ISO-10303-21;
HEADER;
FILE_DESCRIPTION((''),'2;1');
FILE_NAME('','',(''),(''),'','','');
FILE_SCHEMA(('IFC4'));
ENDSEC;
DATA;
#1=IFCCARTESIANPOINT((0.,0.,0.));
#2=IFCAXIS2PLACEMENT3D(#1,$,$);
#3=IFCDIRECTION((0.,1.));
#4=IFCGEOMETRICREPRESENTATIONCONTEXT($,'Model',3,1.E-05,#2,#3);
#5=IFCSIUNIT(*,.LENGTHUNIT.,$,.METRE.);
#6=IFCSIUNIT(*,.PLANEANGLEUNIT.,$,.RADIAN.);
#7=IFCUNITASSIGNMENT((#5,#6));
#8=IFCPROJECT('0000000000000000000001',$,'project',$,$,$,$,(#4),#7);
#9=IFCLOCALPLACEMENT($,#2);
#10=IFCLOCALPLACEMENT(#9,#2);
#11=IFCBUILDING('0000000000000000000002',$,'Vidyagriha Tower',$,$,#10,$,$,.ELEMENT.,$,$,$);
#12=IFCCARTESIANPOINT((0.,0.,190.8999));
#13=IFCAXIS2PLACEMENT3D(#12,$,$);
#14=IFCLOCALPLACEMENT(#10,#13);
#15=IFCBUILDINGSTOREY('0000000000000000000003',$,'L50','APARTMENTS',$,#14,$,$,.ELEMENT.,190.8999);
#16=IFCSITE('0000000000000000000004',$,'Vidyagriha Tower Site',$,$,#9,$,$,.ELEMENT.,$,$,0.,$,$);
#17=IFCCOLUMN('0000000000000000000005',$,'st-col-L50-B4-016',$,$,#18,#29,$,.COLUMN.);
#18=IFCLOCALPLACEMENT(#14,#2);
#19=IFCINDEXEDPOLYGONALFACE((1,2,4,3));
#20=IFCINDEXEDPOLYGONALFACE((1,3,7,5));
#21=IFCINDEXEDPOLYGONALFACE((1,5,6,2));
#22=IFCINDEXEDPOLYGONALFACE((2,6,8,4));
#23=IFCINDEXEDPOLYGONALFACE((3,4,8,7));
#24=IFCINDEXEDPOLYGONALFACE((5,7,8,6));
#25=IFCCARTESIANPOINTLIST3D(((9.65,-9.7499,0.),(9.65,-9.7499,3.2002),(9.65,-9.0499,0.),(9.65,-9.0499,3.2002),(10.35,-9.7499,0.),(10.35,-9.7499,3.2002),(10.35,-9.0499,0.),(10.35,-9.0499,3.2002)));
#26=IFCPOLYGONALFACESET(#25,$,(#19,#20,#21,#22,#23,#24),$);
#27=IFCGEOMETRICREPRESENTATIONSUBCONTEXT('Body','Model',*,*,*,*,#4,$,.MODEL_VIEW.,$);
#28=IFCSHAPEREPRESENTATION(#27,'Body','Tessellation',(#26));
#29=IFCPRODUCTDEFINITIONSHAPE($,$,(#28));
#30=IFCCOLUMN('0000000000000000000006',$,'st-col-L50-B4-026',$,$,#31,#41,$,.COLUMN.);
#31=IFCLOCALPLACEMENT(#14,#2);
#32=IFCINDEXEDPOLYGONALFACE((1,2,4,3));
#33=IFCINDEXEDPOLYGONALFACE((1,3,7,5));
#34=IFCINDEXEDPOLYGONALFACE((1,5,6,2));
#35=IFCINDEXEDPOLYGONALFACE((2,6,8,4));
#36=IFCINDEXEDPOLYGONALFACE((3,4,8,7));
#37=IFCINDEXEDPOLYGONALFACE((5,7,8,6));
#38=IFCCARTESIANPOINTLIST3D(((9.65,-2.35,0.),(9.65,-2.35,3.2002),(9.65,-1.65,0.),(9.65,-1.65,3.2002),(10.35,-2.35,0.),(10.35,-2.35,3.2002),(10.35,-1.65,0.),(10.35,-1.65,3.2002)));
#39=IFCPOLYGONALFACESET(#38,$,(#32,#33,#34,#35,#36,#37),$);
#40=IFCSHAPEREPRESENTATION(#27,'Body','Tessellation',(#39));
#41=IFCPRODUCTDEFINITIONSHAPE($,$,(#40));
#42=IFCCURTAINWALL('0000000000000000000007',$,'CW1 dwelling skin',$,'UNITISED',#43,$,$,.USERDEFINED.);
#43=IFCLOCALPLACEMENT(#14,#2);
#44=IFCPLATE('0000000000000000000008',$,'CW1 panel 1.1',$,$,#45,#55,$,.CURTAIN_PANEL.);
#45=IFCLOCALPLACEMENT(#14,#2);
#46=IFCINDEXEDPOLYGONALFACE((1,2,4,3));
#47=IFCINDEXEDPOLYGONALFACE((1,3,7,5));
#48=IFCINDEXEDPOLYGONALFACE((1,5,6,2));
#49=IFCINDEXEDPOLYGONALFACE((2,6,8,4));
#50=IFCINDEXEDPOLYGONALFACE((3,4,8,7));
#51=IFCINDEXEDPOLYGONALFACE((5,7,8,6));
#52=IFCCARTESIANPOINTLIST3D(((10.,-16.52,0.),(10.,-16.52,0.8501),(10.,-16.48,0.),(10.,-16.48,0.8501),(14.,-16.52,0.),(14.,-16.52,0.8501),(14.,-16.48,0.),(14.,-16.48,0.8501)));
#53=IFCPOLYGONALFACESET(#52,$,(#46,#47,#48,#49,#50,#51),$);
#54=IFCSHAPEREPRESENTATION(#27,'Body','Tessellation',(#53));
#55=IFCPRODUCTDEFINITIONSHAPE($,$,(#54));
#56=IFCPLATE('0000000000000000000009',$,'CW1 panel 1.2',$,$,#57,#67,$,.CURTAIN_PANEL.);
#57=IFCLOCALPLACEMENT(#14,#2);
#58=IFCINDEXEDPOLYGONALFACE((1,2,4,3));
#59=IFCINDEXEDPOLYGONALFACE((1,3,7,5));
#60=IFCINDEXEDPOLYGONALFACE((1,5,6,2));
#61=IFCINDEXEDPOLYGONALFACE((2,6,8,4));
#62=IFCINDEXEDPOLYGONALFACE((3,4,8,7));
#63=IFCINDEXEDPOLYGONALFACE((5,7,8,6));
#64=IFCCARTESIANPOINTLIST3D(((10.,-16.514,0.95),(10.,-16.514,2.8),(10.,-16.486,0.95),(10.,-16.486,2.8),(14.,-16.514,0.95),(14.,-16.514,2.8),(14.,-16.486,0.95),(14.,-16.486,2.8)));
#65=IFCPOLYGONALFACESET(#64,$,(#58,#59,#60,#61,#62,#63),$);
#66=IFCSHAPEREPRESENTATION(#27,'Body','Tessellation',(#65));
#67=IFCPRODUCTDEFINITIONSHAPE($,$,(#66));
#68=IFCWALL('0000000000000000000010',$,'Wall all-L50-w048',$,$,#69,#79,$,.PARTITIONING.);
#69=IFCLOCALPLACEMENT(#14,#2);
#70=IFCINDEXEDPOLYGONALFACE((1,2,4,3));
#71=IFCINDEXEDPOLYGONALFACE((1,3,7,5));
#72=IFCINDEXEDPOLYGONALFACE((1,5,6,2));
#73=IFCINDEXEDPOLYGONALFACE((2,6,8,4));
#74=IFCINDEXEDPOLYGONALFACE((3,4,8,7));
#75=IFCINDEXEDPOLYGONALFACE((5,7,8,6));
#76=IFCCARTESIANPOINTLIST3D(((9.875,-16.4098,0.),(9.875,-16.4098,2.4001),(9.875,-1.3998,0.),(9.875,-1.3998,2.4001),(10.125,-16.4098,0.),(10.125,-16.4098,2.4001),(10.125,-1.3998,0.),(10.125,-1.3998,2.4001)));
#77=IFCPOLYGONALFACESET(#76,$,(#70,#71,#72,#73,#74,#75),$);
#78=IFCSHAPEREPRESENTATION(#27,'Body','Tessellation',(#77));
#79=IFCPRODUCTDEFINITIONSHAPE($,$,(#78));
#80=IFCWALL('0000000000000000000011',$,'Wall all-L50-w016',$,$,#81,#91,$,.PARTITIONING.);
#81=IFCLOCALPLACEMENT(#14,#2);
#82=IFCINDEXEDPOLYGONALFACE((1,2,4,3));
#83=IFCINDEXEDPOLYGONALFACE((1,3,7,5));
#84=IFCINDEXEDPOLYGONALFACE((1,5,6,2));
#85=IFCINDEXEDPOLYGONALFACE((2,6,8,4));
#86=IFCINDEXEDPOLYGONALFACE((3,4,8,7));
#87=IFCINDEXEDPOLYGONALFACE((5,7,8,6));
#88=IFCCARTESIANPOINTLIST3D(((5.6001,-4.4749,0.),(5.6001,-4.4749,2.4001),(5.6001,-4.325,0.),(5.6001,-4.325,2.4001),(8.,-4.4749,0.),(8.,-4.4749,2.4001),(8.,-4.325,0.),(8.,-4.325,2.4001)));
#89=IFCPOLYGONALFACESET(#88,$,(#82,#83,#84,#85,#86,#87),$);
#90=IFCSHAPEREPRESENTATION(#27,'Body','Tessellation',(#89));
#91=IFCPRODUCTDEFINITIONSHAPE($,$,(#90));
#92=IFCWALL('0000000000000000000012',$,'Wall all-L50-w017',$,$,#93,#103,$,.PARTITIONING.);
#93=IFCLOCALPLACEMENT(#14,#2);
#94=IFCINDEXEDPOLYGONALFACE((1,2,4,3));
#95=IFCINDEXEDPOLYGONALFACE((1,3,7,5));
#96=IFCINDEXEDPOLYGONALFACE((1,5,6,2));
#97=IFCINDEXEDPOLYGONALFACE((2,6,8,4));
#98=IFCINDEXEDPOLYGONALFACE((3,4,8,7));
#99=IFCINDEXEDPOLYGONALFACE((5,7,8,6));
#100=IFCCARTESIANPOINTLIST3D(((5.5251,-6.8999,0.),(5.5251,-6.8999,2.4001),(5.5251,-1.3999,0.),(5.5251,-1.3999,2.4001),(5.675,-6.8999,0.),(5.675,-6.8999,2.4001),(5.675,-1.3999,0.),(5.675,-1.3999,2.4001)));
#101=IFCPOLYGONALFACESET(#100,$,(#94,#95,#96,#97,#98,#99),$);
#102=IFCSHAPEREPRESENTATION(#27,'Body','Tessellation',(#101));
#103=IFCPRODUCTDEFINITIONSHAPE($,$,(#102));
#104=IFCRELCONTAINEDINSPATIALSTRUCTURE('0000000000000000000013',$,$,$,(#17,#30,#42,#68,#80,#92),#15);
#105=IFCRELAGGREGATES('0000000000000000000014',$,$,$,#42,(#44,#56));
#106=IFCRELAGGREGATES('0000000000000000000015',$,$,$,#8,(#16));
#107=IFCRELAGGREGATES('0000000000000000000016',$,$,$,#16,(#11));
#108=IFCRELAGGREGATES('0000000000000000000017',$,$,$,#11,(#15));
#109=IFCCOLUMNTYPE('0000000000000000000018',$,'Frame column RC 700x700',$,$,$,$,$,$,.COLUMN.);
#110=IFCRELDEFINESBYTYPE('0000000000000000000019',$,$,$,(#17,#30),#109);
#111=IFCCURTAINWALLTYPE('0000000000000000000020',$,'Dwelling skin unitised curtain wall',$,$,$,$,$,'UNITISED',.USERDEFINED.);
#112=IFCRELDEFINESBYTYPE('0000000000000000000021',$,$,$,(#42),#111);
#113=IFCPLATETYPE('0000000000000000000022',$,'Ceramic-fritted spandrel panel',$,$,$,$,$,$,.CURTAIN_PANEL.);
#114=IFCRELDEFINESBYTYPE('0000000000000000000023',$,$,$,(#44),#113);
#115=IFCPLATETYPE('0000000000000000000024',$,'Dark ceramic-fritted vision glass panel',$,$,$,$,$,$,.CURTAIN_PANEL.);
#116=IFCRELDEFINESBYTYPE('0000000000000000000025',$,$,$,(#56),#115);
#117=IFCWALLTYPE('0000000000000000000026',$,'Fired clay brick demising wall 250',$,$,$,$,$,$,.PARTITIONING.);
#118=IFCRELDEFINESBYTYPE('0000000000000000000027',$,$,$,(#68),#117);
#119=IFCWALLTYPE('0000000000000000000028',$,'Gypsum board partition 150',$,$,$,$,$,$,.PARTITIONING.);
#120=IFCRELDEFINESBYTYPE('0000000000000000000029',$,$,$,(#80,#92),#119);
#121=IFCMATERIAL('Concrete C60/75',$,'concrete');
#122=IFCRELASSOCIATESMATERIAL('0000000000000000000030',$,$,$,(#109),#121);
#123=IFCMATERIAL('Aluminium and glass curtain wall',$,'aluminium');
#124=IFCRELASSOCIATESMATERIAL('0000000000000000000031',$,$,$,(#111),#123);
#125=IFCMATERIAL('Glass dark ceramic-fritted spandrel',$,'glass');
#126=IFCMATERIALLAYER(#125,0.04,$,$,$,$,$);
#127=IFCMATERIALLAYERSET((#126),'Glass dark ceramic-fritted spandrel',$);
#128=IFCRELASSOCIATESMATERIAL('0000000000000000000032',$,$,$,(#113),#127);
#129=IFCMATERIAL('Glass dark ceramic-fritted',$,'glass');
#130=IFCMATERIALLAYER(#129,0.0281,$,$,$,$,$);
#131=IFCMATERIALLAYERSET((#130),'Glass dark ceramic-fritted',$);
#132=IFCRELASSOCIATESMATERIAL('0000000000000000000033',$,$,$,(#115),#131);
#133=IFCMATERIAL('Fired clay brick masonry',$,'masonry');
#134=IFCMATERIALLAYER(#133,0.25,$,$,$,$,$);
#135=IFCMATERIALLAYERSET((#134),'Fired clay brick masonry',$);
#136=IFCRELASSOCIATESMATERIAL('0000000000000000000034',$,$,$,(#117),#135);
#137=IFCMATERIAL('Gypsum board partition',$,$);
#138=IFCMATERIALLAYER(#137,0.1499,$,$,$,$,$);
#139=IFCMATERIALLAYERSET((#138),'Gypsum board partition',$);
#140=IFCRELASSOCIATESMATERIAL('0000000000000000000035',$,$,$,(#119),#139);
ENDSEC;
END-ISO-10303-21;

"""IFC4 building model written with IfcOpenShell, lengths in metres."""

from ifc_helpers import new_model, si_unit, direction, frame, frame_2d, origin, origin_2d, place, context, subcontext, project, spatial, rectangle, extrude, material, layer, layer_set, material_profile, profile_set, type_object, element, aggregate, save


model = new_model("IFC4")

# Units and contexts
model_context = context("Model", 3, precision=1e-05, world=origin(), true_north=direction((0.0, 1.0)))
body_context = subcontext(model_context, "Body", "Model", "MODEL_VIEW")
ifc_project = project(units=[si_unit("LENGTHUNIT", "METRE"), si_unit("PLANEANGLEUNIT", "RADIAN")], contexts=[model_context])

# Site, building, storey
site_placement = place(None, origin())
site = spatial("IfcSite", under=ifc_project, at=site_placement, Name="Vidyagriha Tower Site", CompositionType="ELEMENT", RefElevation=0.0)
building_placement = place(site_placement, origin())
building = spatial("IfcBuilding", under=site, at=building_placement, Name="Vidyagriha Tower", CompositionType="ELEMENT")
storey_placement = place(building_placement, frame((0.0, 0.0, 190.8999)))
storey = spatial("IfcBuildingStorey", under=building, at=storey_placement, Name="L50", Description="APARTMENTS", CompositionType="ELEMENT", Elevation=190.8999)

# Columns
ifc_material_1 = material(Name="Concrete C60/75", Category="concrete")
ifc_material_profile = material_profile(ifc_material_1, rectangle(XDim=0.7, YDim=0.7, at=origin_2d()), Name="RC 700x700")
ifc_profile_set = profile_set([ifc_material_profile], Name="Concrete C60/75")
column_type = type_object("IfcColumnType", Name="Frame column RC 700x700", PredefinedType="COLUMN", material=ifc_profile_set)
for number, where, name in (
    (1, (10.0, -9.3999, 0.0), "st-col-L50-B4-016"),
    (2, (10.0, -2.0, 0.0), "st-col-L50-B4-026"),
):
    element("IfcColumn", number, at=place(storey_placement, frame(where)), inside=storey, type_object=column_type, Name=name, PredefinedType="COLUMN", context=body_context, shape_type="SweptSolid", body=[
        extrude(rectangle(XDim=0.7, YDim=0.7, at=origin_2d()), origin(), (0.0, 0.0, 1.0), 3.2002),
    ])

# Curtain wall, plates
ifc_material_2 = material(Name="Aluminium and glass curtain wall", Category="aluminium")
curtain_wall_type = type_object("IfcCurtainWallType", Name="Dwelling skin unitised curtain wall", ElementType="UNITISED", PredefinedType="USERDEFINED", material=ifc_material_2)
curtain_wall_placement = place(storey_placement, origin())
curtain_wall = element("IfcCurtainWall", 3, at=curtain_wall_placement, inside=storey, type_object=curtain_wall_type, Name="CW1 dwelling skin", ObjectType="UNITISED", PredefinedType="USERDEFINED")
ifc_material_3 = material(Name="Glass dark ceramic-fritted spandrel", Category="glass")
ifc_layer_1 = layer(ifc_material_3, 0.04)
ifc_layer_set_1 = layer_set([ifc_layer_1], Name="Glass dark ceramic-fritted spandrel")
plate_type_1 = type_object("IfcPlateType", Name="Ceramic-fritted spandrel panel", PredefinedType="CURTAIN_PANEL", material=ifc_layer_set_1)
plate_1_placement = place(storey_placement, frame((12.0, -16.5, 0.0)))
plate_1 = element("IfcPlate", 4, at=plate_1_placement, type_object=plate_type_1, Name="CW1 panel 1.1", PredefinedType="CURTAIN_PANEL", context=body_context, shape_type="SweptSolid", body=[
    extrude(rectangle(XDim=4.0, YDim=0.04, at=origin_2d()), origin(), (0.0, 0.0, 1.0), 0.8501),
])
ifc_material_4 = material(Name="Glass dark ceramic-fritted", Category="glass")
ifc_layer_2 = layer(ifc_material_4, 0.0281)
ifc_layer_set_2 = layer_set([ifc_layer_2], Name="Glass dark ceramic-fritted")
plate_type_2 = type_object("IfcPlateType", Name="Dark ceramic-fritted vision glass panel", PredefinedType="CURTAIN_PANEL", material=ifc_layer_set_2)
plate_2_placement = place(storey_placement, frame((12.0, -16.5, 0.95)))
plate_2 = element("IfcPlate", 5, at=plate_2_placement, type_object=plate_type_2, Name="CW1 panel 1.2", PredefinedType="CURTAIN_PANEL", context=body_context, shape_type="SweptSolid", body=[
    extrude(rectangle(XDim=4.0, YDim=0.0281, at=origin_2d()), origin(), (0.0, 0.0, 1.0), 1.8501),
])
aggregate(curtain_wall, [plate_1, plate_2])

# Walls
ifc_material_5 = material(Name="Fired clay brick masonry", Category="masonry")
ifc_layer_3 = layer(ifc_material_5, 0.25)
ifc_layer_set_3 = layer_set([ifc_layer_3], Name="Fired clay brick masonry")
wall_type_1 = type_object("IfcWallType", Name="Fired clay brick demising wall 250", PredefinedType="PARTITIONING", material=ifc_layer_set_3)
wall_1_placement = place(storey_placement, frame((10.0, -1.3999, 0.0), z_axis=(0.0, 0.0, 1.0), x_axis=(0.0, -1.0, 0.0)))
element("IfcWall", 6, at=wall_1_placement, inside=storey, type_object=wall_type_1, Name="Wall all-L50-w048", PredefinedType="PARTITIONING", context=body_context, shape_type="SweptSolid", body=[
    extrude(rectangle(XDim=15.01, YDim=0.25, at=frame_2d((7.5049, 0.0))), origin(), (0.0, 0.0, 1.0), 2.4001),
])
ifc_material_6 = material(Name="Gypsum board partition")
ifc_layer_4 = layer(ifc_material_6, 0.1499)
ifc_layer_set_4 = layer_set([ifc_layer_4], Name="Gypsum board partition")
wall_type_2 = type_object("IfcWallType", Name="Gypsum board partition 150", PredefinedType="PARTITIONING", material=ifc_layer_set_4)
wall_2_placement = place(storey_placement, frame((8.0, -4.3999, 0.0), z_axis=(0.0, 0.0, 1.0), x_axis=(-1.0, 0.0, 0.0)))
element("IfcWall", 7, at=wall_2_placement, inside=storey, type_object=wall_type_2, Name="Wall all-L50-w016", PredefinedType="PARTITIONING", context=body_context, shape_type="SweptSolid", body=[
    extrude(rectangle(XDim=2.3999, YDim=0.1499, at=frame_2d((1.2, 0.0))), origin(), (0.0, 0.0, 1.0), 2.4001),
])
wall_3_placement = place(storey_placement, frame((5.6001, -6.8999, 0.0), z_axis=(0.0, 0.0, 1.0), x_axis=(0.0, 1.0, 0.0)))
element("IfcWall", 8, at=wall_3_placement, inside=storey, type_object=wall_type_2, Name="Wall all-L50-w017", PredefinedType="PARTITIONING", context=body_context, shape_type="SweptSolid", body=[
    extrude(rectangle(XDim=5.5, YDim=0.1499, at=frame_2d((2.75, 0.0))), origin(), (0.0, 0.0, 1.0), 2.4001),
])

save(model, "model.ifc")
